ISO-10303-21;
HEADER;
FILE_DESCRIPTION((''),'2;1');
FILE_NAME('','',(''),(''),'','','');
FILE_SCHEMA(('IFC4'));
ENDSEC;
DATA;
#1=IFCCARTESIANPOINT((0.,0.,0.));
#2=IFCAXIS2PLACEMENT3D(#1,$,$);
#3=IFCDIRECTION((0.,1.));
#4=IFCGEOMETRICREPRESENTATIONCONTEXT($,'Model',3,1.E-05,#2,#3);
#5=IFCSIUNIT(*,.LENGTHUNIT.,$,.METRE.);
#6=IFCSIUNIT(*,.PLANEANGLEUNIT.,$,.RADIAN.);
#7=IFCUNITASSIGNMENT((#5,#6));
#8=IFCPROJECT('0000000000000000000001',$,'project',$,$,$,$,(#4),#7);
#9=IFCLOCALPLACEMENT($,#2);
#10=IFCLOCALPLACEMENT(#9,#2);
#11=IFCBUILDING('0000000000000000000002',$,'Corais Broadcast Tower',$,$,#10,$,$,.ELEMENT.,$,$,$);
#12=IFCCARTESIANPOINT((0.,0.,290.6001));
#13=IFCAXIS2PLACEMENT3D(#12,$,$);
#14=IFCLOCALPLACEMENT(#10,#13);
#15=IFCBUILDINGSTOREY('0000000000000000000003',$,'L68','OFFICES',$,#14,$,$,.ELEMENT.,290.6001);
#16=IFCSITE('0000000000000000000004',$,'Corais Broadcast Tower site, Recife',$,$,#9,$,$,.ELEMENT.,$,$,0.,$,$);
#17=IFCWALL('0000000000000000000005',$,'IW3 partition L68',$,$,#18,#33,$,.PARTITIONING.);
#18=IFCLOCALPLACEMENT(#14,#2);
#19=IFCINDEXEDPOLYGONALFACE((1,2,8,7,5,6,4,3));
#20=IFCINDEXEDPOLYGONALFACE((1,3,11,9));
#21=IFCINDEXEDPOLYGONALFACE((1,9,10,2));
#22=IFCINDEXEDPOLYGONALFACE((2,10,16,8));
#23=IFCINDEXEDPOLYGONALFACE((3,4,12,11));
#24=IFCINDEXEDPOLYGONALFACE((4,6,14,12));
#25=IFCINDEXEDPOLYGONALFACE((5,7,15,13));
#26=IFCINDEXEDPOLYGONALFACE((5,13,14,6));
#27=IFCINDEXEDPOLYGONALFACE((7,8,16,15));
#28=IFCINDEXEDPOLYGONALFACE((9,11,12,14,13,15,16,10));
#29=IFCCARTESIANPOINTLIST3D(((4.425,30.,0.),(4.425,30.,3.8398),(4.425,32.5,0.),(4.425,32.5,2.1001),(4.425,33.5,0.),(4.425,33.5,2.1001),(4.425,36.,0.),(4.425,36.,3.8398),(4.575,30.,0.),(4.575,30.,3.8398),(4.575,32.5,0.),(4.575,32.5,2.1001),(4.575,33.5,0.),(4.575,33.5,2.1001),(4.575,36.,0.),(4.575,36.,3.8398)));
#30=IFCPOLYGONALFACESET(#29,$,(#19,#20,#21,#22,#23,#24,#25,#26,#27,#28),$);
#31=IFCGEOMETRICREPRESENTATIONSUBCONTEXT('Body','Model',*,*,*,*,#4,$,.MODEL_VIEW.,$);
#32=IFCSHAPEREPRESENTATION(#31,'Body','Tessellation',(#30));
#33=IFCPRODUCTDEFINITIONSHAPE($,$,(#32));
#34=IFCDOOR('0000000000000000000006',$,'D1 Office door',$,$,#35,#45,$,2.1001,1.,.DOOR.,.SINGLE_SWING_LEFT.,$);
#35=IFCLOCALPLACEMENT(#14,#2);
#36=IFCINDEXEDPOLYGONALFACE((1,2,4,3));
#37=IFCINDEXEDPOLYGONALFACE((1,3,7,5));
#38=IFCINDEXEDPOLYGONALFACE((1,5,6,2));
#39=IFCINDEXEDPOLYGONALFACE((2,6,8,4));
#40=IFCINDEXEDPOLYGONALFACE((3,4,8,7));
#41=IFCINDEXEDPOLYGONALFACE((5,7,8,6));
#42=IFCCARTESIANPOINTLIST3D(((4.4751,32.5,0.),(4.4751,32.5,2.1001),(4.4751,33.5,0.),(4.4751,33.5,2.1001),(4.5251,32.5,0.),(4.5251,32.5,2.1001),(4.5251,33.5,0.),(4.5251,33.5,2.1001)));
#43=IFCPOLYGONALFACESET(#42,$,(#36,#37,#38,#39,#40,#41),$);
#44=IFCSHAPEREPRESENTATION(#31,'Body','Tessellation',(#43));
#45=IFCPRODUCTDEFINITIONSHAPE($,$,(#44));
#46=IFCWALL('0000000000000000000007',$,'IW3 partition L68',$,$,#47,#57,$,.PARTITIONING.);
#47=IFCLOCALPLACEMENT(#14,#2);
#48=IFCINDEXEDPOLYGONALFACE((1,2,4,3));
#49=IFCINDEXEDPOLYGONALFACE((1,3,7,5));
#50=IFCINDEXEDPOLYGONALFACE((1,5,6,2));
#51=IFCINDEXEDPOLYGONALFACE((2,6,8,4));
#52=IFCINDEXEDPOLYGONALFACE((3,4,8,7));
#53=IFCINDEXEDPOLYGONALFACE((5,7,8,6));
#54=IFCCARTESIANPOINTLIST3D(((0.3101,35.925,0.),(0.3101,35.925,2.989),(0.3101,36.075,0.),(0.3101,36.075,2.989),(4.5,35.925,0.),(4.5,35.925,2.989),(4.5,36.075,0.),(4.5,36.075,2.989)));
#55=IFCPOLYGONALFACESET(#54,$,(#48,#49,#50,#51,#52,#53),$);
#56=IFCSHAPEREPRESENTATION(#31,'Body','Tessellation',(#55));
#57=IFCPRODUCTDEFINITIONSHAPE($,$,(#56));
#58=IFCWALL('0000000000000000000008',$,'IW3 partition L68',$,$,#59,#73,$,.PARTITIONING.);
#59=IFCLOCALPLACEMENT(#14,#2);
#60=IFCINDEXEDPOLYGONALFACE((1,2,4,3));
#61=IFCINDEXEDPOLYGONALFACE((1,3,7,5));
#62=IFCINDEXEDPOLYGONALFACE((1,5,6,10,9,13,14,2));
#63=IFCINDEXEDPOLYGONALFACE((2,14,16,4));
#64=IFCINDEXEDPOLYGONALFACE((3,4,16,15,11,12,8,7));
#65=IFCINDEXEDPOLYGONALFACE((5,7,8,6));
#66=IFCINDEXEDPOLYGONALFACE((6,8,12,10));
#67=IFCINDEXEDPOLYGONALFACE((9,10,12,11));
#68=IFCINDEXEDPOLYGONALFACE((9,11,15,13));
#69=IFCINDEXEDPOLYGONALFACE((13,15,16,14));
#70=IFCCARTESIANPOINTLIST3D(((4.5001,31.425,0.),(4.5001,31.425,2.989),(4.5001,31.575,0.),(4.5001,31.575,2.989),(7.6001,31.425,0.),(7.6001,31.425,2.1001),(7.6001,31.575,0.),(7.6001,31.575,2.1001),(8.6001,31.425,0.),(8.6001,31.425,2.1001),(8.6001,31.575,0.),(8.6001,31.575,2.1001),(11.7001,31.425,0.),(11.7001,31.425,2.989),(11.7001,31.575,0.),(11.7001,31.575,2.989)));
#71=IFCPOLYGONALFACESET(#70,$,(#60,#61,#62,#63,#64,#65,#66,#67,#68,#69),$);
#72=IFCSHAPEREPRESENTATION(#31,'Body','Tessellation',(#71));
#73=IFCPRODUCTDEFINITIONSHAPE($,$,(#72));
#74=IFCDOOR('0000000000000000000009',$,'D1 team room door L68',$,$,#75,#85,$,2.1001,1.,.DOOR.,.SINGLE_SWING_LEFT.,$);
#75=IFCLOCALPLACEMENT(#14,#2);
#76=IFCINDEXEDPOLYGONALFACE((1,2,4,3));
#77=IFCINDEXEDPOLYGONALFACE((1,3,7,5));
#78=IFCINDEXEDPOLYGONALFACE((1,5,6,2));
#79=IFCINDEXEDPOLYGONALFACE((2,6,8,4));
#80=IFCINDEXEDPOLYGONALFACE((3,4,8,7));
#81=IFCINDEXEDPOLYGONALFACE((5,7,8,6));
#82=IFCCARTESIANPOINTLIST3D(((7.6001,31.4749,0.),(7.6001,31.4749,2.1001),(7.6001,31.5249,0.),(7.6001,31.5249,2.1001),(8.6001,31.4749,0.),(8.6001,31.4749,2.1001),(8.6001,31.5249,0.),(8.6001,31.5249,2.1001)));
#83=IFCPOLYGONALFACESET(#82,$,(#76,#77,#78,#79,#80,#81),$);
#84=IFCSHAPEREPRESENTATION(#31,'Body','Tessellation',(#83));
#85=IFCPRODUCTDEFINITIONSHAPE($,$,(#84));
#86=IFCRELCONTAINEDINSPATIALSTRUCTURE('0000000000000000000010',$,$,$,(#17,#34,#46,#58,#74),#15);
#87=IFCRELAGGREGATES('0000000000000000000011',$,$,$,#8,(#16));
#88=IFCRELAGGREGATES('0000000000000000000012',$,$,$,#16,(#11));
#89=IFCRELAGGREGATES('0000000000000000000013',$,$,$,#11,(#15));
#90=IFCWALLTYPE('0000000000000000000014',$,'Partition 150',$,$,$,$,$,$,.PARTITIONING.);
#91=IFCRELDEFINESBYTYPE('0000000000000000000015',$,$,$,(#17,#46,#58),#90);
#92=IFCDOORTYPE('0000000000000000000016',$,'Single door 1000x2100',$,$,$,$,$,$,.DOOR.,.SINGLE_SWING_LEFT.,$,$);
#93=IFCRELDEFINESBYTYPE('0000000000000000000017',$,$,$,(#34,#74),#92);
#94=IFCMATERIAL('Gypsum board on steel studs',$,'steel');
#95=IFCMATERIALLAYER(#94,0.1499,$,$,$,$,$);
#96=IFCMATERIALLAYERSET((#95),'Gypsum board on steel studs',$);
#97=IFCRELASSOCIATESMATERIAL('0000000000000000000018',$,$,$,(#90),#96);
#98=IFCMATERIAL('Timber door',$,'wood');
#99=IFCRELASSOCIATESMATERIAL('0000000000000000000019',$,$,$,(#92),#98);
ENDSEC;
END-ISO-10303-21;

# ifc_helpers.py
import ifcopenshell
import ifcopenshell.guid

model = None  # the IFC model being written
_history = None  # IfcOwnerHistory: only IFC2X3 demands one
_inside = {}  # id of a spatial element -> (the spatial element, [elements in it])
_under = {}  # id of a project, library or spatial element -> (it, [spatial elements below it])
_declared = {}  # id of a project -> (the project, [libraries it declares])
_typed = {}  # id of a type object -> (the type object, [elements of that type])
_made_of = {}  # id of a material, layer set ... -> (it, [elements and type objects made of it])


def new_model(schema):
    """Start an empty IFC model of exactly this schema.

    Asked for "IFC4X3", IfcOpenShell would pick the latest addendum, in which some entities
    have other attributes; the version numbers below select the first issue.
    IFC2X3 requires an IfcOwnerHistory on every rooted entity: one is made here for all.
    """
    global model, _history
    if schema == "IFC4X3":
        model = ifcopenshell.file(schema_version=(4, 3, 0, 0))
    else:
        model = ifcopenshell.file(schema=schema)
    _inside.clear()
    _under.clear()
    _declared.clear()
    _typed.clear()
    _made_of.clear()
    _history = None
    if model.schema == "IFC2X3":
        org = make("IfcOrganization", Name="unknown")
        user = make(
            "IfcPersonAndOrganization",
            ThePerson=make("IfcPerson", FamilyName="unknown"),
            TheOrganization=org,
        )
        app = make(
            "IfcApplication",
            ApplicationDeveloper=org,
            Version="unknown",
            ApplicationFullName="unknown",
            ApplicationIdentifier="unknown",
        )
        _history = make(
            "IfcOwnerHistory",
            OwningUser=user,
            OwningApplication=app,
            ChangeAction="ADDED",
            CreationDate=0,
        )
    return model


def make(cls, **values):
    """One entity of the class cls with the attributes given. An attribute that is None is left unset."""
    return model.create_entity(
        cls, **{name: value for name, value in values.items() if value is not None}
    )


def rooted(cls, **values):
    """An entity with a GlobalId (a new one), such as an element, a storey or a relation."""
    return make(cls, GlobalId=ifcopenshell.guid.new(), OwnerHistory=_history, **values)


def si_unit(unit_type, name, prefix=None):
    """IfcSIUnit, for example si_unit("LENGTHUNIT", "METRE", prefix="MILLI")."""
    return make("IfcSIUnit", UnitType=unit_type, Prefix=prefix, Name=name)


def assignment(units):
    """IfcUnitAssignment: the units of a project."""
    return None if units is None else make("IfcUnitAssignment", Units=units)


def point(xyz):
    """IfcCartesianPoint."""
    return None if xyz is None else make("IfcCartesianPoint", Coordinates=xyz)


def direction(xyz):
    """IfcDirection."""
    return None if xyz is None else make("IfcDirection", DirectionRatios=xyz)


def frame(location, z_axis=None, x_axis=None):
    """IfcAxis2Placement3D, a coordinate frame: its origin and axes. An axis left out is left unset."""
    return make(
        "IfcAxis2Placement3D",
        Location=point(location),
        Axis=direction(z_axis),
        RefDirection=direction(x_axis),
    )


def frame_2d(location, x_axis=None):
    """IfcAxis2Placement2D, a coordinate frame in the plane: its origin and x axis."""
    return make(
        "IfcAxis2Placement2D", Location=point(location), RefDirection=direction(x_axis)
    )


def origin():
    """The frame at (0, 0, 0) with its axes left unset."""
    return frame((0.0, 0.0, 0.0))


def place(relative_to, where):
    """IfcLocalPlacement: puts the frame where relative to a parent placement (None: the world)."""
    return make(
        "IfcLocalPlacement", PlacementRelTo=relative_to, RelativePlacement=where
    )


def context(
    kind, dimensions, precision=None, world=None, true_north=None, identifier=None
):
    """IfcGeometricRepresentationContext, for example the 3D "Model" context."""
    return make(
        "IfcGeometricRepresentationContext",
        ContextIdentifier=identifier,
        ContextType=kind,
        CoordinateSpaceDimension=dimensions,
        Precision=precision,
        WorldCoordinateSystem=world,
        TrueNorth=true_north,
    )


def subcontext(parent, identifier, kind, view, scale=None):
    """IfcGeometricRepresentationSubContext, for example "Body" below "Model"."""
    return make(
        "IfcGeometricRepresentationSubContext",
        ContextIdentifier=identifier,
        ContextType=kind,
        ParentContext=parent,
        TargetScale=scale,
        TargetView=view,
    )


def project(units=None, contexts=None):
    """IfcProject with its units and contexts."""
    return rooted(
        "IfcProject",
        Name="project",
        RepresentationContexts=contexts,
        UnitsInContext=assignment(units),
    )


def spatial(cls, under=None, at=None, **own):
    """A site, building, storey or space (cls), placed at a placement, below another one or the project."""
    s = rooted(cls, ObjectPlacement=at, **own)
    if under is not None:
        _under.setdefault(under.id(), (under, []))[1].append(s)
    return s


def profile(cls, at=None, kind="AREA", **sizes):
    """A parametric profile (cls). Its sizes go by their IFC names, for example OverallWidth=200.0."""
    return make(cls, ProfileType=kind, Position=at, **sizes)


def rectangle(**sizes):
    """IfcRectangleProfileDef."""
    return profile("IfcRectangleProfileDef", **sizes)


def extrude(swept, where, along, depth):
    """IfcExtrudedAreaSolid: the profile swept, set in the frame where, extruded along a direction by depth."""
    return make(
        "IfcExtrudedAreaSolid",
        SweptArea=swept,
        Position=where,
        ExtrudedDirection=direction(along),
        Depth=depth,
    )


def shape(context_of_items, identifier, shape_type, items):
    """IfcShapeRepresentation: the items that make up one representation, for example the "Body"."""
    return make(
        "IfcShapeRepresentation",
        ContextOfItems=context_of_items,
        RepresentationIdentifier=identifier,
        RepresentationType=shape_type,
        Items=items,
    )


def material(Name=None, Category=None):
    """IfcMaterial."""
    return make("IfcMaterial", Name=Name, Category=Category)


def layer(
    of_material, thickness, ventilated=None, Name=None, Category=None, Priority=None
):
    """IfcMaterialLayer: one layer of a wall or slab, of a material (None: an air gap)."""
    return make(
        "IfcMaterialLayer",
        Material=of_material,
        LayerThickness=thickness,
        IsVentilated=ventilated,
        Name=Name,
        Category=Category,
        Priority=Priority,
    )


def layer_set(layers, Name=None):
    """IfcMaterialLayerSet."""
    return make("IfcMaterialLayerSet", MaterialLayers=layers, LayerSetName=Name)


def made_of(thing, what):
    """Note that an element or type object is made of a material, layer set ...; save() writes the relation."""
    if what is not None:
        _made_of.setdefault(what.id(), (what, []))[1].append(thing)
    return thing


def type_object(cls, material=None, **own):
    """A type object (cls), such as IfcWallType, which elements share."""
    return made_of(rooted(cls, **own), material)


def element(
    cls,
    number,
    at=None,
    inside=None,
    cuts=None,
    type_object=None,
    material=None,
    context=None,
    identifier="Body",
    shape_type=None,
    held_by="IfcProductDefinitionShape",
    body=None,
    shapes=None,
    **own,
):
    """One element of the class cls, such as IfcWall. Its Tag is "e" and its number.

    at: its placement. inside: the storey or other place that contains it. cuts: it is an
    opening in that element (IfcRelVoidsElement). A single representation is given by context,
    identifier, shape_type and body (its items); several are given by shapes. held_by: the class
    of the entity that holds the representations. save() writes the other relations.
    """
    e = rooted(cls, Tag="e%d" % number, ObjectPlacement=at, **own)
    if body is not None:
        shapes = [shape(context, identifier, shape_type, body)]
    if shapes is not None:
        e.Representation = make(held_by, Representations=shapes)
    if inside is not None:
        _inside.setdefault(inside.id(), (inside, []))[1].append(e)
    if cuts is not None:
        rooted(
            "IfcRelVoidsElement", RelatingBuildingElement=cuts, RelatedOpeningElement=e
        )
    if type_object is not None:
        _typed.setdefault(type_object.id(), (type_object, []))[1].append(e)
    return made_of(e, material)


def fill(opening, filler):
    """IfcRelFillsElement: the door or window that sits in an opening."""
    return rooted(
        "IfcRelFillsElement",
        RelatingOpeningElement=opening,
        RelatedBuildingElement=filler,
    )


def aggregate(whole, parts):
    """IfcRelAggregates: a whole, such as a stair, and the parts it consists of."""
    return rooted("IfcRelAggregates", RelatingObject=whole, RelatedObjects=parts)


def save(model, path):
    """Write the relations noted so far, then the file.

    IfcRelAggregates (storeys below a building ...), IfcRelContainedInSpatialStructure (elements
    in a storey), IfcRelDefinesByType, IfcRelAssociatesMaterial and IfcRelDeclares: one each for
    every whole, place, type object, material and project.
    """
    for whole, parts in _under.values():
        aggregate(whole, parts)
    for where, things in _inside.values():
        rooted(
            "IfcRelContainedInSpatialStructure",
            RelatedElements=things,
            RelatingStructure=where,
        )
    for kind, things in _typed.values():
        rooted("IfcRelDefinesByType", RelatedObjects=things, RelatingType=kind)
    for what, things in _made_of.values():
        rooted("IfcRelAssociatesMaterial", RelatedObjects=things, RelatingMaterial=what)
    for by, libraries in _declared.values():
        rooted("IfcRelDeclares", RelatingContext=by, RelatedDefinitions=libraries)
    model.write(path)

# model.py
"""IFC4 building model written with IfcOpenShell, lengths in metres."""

from ifc_helpers import new_model, si_unit, direction, frame, frame_2d, origin, place, context, subcontext, project, spatial, rectangle, extrude, material, layer, layer_set, type_object, element, fill, save


model = new_model("IFC4")

# Units and contexts
model_context = context("Model", 3, precision=1e-05, world=origin(), true_north=direction((0.0, 1.0)))
body_context = subcontext(model_context, "Body", "Model", "MODEL_VIEW")
ifc_project = project(units=[si_unit("LENGTHUNIT", "METRE"), si_unit("PLANEANGLEUNIT", "RADIAN")], contexts=[model_context])

# Site, building, storey
site_placement = place(None, origin())
site = spatial("IfcSite", under=ifc_project, at=site_placement, Name="Corais Broadcast Tower site, Recife", CompositionType="ELEMENT", RefElevation=0.0)
building_placement = place(site_placement, origin())
building = spatial("IfcBuilding", under=site, at=building_placement, Name="Corais Broadcast Tower", CompositionType="ELEMENT")
storey_placement = place(building_placement, frame((0.0, 0.0, 290.6001)))
storey = spatial("IfcBuildingStorey", under=building, at=storey_placement, Name="L68", Description="OFFICES", CompositionType="ELEMENT", Elevation=290.6001)

# Shared definitions
ifc_material_1 = material(Name="Gypsum board on steel studs", Category="steel")
ifc_layer_1 = layer(ifc_material_1, 0.1499)
ifc_layer_set_1 = layer_set([ifc_layer_1], Name="Gypsum board on steel studs")
wall_type_1 = type_object("IfcWallType", Name="Partition 150", PredefinedType="PARTITIONING", material=ifc_layer_set_1)

# Wall, opening, door
wall_1_placement = place(storey_placement, frame((4.5, 30.0, 0.0), z_axis=(0.0, 0.0, 1.0), x_axis=(0.0, 1.0, 0.0)))
wall_1 = element("IfcWall", 1, at=wall_1_placement, inside=storey, type_object=wall_type_1, Name="IW3 partition L68", PredefinedType="PARTITIONING", context=body_context, shape_type="SweptSolid", body=[
    extrude(rectangle(XDim=6.0, YDim=0.1499, at=frame_2d((3.0, 0.0))), origin(), (0.0, 0.0, 1.0), 3.8398),
])
opening_1_placement = place(wall_1_placement, frame((2.5, 0.0, 0.0)))
opening_1 = element("IfcOpeningElement", 2, at=opening_1_placement, cuts=wall_1, PredefinedType="OPENING", context=body_context, shape_type="SweptSolid", body=[
    extrude(rectangle(XDim=1.0, YDim=2.1001, at=frame_2d((0.5, 1.05))), frame((0.0, 0.085, 0.0), z_axis=(0.0, -1.0, 0.0), x_axis=(1.0, 0.0, 0.0)), (0.0, 0.0, 1.0), 0.1699),
])
ifc_material_2 = material(Name="Timber door", Category="wood")
door_type_1 = type_object("IfcDoorType", Name="Single door 1000x2100", OperationType="SINGLE_SWING_LEFT", PredefinedType="DOOR", material=ifc_material_2)
door_1_placement = place(opening_1_placement, origin())
door_1 = element("IfcDoor", 3, at=door_1_placement, inside=storey, type_object=door_type_1, Name="D1 Office door", OperationType="SINGLE_SWING_LEFT", OverallHeight=2.1001, OverallWidth=1.0, PredefinedType="DOOR", context=body_context, shape_type="SweptSolid", body=[
    extrude(rectangle(XDim=1.0, YDim=2.1001, at=frame_2d((0.5, 1.05))), frame((0.0, 0.0249, 0.0), z_axis=(0.0, -1.0, 0.0), x_axis=(1.0, 0.0, 0.0)), (0.0, 0.0, 1.0), 0.05),
])
fill(opening_1, door_1)

# Wall
wall_2_placement = place(storey_placement, frame((4.5, 36.0, 0.0), z_axis=(0.0, 0.0, 1.0), x_axis=(-1.0, 0.0, 0.0)))
element("IfcWall", 4, at=wall_2_placement, inside=storey, type_object=wall_type_1, Name="IW3 partition L68", PredefinedType="PARTITIONING", context=body_context, shape_type="SweptSolid", body=[
    extrude(rectangle(XDim=4.1899, YDim=0.1499, at=frame_2d((2.095, 0.0))), origin(), (0.0, 0.0, 1.0), 2.989),
])

# Wall, opening, door
wall_3_placement = place(storey_placement, frame((4.5, 31.5, 0.0), z_axis=(0.0, 0.0, 1.0), x_axis=(1.0, 0.0, 0.0)))
wall_3 = element("IfcWall", 5, at=wall_3_placement, inside=storey, type_object=wall_type_1, Name="IW3 partition L68", PredefinedType="PARTITIONING", context=body_context, shape_type="SweptSolid", body=[
    extrude(rectangle(XDim=7.2, YDim=0.1499, at=frame_2d((3.6001, 0.0))), origin(), (0.0, 0.0, 1.0), 2.989),
])
opening_2_placement = place(wall_3_placement, frame((3.1001, 0.0, 0.0)))
opening_2 = element("IfcOpeningElement", 6, at=opening_2_placement, cuts=wall_3, PredefinedType="OPENING", context=body_context, shape_type="SweptSolid", body=[
    extrude(rectangle(XDim=1.0, YDim=2.1001, at=frame_2d((0.5, 1.05))), frame((0.0, 0.085, 0.0), z_axis=(0.0, -1.0, 0.0), x_axis=(1.0, 0.0, 0.0)), (0.0, 0.0, 1.0), 0.1699),
])
door_2_placement = place(opening_2_placement, origin())
door_2 = element("IfcDoor", 7, at=door_2_placement, inside=storey, type_object=door_type_1, Name="D1 team room door L68", OperationType="SINGLE_SWING_LEFT", OverallHeight=2.1001, OverallWidth=1.0, PredefinedType="DOOR", context=body_context, shape_type="SweptSolid", body=[
    extrude(rectangle(XDim=1.0, YDim=2.1001, at=frame_2d((0.5, 1.05))), frame((0.0, 0.0249, 0.0), z_axis=(0.0, -1.0, 0.0), x_axis=(1.0, 0.0, 0.0)), (0.0, 0.0, 1.0), 0.05),
])
fill(opening_2, door_2)

save(model, "model.ifc")
